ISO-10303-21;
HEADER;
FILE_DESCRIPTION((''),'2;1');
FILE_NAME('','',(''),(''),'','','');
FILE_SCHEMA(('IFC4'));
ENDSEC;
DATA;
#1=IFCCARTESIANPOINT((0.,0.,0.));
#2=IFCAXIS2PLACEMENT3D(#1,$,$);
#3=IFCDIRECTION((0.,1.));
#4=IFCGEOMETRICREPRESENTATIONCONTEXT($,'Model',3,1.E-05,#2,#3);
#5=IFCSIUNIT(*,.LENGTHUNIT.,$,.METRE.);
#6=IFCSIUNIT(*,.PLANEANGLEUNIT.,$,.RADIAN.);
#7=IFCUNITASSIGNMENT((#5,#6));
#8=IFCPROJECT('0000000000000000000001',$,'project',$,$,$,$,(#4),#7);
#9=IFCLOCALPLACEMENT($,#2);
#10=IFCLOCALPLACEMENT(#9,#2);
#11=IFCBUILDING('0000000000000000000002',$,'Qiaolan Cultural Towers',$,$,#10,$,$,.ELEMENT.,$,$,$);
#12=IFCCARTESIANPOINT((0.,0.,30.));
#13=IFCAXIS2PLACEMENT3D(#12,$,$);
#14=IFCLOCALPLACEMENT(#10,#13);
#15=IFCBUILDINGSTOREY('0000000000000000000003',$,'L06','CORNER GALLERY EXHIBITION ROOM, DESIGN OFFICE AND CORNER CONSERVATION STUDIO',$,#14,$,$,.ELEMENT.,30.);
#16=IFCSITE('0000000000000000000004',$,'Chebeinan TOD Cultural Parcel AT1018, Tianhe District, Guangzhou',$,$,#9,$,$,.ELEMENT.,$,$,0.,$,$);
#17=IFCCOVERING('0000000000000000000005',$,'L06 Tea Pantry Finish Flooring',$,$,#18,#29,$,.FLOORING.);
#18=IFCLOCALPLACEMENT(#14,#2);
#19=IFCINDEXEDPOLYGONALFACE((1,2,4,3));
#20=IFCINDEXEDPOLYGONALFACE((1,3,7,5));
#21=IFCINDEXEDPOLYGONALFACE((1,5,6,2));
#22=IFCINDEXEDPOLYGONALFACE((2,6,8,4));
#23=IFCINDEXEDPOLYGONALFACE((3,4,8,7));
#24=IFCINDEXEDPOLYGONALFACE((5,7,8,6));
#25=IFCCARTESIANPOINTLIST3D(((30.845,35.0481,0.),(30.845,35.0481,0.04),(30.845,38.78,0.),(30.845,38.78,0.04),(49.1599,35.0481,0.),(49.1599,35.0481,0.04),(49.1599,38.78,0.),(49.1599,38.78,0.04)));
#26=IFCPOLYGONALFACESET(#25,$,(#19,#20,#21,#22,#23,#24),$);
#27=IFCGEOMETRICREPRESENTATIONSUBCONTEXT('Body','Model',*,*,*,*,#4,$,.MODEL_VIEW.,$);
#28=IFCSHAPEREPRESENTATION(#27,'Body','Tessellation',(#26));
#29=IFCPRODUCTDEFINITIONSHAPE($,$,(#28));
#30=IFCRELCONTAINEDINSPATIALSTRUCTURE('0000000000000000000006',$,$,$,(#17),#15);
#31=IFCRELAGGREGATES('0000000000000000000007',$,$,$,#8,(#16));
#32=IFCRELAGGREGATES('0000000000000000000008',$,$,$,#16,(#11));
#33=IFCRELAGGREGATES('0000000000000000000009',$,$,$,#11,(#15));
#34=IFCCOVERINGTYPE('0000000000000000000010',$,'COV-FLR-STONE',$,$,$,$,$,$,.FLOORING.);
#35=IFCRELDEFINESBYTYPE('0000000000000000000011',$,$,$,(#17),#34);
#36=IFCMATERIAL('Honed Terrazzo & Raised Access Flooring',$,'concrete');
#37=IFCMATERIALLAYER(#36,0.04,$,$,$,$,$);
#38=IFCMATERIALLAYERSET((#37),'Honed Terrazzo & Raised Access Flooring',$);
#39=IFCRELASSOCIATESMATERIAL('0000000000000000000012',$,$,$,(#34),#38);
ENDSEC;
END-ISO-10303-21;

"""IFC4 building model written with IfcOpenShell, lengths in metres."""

from ifc_helpers import new_model, si_unit, direction, frame, origin, place, context, subcontext, project, spatial, polyline, outline, extrude, material, layer, layer_set, type_object, element, save


model = new_model("IFC4")

# Units and contexts
model_context = context("Model", 3, precision=1e-05, world=origin(), true_north=direction((0.0, 1.0)))
body_context = subcontext(model_context, "Body", "Model", "MODEL_VIEW")
ifc_project = project(units=[si_unit("LENGTHUNIT", "METRE"), si_unit("PLANEANGLEUNIT", "RADIAN")], contexts=[model_context])

# Site, building, storey
site_placement = place(None, origin())
site = spatial("IfcSite", under=ifc_project, at=site_placement, Name="Chebeinan TOD Cultural Parcel AT1018, Tianhe District, Guangzhou", CompositionType="ELEMENT", RefElevation=0.0)
building_placement = place(site_placement, origin())
building = spatial("IfcBuilding", under=site, at=building_placement, Name="Qiaolan Cultural Towers", CompositionType="ELEMENT")
storey_placement = place(building_placement, frame((0.0, 0.0, 30.0)))
storey = spatial("IfcBuildingStorey", under=building, at=storey_placement, Name="L06", Description="CORNER GALLERY EXHIBITION ROOM, DESIGN OFFICE AND CORNER CONSERVATION STUDIO", CompositionType="ELEMENT", Elevation=30.0)

# Covering
ifc_material_1 = material(Name="Honed Terrazzo & Raised Access Flooring", Category="concrete")
ifc_layer_1 = layer(ifc_material_1, 0.04)
ifc_layer_set_1 = layer_set([ifc_layer_1], Name="Honed Terrazzo & Raised Access Flooring")
covering_type = type_object("IfcCoveringType", Name="COV-FLR-STONE", PredefinedType="FLOORING", material=ifc_layer_set_1)
covering_1_placement = place(storey_placement, origin())
element("IfcCovering", 1, at=covering_1_placement, inside=storey, type_object=covering_type, Name="L06 Tea Pantry Finish Flooring", PredefinedType="FLOORING", context=body_context, shape_type="SweptSolid", body=[
    extrude(outline(polyline([(49.1599, 35.0481), (49.1599, 38.78), (30.845, 38.78), (30.845, 35.0481), (49.1599, 35.0481)])), origin(), (0.0, 0.0, 1.0), 0.04),
])

save(model, "model.ifc")
